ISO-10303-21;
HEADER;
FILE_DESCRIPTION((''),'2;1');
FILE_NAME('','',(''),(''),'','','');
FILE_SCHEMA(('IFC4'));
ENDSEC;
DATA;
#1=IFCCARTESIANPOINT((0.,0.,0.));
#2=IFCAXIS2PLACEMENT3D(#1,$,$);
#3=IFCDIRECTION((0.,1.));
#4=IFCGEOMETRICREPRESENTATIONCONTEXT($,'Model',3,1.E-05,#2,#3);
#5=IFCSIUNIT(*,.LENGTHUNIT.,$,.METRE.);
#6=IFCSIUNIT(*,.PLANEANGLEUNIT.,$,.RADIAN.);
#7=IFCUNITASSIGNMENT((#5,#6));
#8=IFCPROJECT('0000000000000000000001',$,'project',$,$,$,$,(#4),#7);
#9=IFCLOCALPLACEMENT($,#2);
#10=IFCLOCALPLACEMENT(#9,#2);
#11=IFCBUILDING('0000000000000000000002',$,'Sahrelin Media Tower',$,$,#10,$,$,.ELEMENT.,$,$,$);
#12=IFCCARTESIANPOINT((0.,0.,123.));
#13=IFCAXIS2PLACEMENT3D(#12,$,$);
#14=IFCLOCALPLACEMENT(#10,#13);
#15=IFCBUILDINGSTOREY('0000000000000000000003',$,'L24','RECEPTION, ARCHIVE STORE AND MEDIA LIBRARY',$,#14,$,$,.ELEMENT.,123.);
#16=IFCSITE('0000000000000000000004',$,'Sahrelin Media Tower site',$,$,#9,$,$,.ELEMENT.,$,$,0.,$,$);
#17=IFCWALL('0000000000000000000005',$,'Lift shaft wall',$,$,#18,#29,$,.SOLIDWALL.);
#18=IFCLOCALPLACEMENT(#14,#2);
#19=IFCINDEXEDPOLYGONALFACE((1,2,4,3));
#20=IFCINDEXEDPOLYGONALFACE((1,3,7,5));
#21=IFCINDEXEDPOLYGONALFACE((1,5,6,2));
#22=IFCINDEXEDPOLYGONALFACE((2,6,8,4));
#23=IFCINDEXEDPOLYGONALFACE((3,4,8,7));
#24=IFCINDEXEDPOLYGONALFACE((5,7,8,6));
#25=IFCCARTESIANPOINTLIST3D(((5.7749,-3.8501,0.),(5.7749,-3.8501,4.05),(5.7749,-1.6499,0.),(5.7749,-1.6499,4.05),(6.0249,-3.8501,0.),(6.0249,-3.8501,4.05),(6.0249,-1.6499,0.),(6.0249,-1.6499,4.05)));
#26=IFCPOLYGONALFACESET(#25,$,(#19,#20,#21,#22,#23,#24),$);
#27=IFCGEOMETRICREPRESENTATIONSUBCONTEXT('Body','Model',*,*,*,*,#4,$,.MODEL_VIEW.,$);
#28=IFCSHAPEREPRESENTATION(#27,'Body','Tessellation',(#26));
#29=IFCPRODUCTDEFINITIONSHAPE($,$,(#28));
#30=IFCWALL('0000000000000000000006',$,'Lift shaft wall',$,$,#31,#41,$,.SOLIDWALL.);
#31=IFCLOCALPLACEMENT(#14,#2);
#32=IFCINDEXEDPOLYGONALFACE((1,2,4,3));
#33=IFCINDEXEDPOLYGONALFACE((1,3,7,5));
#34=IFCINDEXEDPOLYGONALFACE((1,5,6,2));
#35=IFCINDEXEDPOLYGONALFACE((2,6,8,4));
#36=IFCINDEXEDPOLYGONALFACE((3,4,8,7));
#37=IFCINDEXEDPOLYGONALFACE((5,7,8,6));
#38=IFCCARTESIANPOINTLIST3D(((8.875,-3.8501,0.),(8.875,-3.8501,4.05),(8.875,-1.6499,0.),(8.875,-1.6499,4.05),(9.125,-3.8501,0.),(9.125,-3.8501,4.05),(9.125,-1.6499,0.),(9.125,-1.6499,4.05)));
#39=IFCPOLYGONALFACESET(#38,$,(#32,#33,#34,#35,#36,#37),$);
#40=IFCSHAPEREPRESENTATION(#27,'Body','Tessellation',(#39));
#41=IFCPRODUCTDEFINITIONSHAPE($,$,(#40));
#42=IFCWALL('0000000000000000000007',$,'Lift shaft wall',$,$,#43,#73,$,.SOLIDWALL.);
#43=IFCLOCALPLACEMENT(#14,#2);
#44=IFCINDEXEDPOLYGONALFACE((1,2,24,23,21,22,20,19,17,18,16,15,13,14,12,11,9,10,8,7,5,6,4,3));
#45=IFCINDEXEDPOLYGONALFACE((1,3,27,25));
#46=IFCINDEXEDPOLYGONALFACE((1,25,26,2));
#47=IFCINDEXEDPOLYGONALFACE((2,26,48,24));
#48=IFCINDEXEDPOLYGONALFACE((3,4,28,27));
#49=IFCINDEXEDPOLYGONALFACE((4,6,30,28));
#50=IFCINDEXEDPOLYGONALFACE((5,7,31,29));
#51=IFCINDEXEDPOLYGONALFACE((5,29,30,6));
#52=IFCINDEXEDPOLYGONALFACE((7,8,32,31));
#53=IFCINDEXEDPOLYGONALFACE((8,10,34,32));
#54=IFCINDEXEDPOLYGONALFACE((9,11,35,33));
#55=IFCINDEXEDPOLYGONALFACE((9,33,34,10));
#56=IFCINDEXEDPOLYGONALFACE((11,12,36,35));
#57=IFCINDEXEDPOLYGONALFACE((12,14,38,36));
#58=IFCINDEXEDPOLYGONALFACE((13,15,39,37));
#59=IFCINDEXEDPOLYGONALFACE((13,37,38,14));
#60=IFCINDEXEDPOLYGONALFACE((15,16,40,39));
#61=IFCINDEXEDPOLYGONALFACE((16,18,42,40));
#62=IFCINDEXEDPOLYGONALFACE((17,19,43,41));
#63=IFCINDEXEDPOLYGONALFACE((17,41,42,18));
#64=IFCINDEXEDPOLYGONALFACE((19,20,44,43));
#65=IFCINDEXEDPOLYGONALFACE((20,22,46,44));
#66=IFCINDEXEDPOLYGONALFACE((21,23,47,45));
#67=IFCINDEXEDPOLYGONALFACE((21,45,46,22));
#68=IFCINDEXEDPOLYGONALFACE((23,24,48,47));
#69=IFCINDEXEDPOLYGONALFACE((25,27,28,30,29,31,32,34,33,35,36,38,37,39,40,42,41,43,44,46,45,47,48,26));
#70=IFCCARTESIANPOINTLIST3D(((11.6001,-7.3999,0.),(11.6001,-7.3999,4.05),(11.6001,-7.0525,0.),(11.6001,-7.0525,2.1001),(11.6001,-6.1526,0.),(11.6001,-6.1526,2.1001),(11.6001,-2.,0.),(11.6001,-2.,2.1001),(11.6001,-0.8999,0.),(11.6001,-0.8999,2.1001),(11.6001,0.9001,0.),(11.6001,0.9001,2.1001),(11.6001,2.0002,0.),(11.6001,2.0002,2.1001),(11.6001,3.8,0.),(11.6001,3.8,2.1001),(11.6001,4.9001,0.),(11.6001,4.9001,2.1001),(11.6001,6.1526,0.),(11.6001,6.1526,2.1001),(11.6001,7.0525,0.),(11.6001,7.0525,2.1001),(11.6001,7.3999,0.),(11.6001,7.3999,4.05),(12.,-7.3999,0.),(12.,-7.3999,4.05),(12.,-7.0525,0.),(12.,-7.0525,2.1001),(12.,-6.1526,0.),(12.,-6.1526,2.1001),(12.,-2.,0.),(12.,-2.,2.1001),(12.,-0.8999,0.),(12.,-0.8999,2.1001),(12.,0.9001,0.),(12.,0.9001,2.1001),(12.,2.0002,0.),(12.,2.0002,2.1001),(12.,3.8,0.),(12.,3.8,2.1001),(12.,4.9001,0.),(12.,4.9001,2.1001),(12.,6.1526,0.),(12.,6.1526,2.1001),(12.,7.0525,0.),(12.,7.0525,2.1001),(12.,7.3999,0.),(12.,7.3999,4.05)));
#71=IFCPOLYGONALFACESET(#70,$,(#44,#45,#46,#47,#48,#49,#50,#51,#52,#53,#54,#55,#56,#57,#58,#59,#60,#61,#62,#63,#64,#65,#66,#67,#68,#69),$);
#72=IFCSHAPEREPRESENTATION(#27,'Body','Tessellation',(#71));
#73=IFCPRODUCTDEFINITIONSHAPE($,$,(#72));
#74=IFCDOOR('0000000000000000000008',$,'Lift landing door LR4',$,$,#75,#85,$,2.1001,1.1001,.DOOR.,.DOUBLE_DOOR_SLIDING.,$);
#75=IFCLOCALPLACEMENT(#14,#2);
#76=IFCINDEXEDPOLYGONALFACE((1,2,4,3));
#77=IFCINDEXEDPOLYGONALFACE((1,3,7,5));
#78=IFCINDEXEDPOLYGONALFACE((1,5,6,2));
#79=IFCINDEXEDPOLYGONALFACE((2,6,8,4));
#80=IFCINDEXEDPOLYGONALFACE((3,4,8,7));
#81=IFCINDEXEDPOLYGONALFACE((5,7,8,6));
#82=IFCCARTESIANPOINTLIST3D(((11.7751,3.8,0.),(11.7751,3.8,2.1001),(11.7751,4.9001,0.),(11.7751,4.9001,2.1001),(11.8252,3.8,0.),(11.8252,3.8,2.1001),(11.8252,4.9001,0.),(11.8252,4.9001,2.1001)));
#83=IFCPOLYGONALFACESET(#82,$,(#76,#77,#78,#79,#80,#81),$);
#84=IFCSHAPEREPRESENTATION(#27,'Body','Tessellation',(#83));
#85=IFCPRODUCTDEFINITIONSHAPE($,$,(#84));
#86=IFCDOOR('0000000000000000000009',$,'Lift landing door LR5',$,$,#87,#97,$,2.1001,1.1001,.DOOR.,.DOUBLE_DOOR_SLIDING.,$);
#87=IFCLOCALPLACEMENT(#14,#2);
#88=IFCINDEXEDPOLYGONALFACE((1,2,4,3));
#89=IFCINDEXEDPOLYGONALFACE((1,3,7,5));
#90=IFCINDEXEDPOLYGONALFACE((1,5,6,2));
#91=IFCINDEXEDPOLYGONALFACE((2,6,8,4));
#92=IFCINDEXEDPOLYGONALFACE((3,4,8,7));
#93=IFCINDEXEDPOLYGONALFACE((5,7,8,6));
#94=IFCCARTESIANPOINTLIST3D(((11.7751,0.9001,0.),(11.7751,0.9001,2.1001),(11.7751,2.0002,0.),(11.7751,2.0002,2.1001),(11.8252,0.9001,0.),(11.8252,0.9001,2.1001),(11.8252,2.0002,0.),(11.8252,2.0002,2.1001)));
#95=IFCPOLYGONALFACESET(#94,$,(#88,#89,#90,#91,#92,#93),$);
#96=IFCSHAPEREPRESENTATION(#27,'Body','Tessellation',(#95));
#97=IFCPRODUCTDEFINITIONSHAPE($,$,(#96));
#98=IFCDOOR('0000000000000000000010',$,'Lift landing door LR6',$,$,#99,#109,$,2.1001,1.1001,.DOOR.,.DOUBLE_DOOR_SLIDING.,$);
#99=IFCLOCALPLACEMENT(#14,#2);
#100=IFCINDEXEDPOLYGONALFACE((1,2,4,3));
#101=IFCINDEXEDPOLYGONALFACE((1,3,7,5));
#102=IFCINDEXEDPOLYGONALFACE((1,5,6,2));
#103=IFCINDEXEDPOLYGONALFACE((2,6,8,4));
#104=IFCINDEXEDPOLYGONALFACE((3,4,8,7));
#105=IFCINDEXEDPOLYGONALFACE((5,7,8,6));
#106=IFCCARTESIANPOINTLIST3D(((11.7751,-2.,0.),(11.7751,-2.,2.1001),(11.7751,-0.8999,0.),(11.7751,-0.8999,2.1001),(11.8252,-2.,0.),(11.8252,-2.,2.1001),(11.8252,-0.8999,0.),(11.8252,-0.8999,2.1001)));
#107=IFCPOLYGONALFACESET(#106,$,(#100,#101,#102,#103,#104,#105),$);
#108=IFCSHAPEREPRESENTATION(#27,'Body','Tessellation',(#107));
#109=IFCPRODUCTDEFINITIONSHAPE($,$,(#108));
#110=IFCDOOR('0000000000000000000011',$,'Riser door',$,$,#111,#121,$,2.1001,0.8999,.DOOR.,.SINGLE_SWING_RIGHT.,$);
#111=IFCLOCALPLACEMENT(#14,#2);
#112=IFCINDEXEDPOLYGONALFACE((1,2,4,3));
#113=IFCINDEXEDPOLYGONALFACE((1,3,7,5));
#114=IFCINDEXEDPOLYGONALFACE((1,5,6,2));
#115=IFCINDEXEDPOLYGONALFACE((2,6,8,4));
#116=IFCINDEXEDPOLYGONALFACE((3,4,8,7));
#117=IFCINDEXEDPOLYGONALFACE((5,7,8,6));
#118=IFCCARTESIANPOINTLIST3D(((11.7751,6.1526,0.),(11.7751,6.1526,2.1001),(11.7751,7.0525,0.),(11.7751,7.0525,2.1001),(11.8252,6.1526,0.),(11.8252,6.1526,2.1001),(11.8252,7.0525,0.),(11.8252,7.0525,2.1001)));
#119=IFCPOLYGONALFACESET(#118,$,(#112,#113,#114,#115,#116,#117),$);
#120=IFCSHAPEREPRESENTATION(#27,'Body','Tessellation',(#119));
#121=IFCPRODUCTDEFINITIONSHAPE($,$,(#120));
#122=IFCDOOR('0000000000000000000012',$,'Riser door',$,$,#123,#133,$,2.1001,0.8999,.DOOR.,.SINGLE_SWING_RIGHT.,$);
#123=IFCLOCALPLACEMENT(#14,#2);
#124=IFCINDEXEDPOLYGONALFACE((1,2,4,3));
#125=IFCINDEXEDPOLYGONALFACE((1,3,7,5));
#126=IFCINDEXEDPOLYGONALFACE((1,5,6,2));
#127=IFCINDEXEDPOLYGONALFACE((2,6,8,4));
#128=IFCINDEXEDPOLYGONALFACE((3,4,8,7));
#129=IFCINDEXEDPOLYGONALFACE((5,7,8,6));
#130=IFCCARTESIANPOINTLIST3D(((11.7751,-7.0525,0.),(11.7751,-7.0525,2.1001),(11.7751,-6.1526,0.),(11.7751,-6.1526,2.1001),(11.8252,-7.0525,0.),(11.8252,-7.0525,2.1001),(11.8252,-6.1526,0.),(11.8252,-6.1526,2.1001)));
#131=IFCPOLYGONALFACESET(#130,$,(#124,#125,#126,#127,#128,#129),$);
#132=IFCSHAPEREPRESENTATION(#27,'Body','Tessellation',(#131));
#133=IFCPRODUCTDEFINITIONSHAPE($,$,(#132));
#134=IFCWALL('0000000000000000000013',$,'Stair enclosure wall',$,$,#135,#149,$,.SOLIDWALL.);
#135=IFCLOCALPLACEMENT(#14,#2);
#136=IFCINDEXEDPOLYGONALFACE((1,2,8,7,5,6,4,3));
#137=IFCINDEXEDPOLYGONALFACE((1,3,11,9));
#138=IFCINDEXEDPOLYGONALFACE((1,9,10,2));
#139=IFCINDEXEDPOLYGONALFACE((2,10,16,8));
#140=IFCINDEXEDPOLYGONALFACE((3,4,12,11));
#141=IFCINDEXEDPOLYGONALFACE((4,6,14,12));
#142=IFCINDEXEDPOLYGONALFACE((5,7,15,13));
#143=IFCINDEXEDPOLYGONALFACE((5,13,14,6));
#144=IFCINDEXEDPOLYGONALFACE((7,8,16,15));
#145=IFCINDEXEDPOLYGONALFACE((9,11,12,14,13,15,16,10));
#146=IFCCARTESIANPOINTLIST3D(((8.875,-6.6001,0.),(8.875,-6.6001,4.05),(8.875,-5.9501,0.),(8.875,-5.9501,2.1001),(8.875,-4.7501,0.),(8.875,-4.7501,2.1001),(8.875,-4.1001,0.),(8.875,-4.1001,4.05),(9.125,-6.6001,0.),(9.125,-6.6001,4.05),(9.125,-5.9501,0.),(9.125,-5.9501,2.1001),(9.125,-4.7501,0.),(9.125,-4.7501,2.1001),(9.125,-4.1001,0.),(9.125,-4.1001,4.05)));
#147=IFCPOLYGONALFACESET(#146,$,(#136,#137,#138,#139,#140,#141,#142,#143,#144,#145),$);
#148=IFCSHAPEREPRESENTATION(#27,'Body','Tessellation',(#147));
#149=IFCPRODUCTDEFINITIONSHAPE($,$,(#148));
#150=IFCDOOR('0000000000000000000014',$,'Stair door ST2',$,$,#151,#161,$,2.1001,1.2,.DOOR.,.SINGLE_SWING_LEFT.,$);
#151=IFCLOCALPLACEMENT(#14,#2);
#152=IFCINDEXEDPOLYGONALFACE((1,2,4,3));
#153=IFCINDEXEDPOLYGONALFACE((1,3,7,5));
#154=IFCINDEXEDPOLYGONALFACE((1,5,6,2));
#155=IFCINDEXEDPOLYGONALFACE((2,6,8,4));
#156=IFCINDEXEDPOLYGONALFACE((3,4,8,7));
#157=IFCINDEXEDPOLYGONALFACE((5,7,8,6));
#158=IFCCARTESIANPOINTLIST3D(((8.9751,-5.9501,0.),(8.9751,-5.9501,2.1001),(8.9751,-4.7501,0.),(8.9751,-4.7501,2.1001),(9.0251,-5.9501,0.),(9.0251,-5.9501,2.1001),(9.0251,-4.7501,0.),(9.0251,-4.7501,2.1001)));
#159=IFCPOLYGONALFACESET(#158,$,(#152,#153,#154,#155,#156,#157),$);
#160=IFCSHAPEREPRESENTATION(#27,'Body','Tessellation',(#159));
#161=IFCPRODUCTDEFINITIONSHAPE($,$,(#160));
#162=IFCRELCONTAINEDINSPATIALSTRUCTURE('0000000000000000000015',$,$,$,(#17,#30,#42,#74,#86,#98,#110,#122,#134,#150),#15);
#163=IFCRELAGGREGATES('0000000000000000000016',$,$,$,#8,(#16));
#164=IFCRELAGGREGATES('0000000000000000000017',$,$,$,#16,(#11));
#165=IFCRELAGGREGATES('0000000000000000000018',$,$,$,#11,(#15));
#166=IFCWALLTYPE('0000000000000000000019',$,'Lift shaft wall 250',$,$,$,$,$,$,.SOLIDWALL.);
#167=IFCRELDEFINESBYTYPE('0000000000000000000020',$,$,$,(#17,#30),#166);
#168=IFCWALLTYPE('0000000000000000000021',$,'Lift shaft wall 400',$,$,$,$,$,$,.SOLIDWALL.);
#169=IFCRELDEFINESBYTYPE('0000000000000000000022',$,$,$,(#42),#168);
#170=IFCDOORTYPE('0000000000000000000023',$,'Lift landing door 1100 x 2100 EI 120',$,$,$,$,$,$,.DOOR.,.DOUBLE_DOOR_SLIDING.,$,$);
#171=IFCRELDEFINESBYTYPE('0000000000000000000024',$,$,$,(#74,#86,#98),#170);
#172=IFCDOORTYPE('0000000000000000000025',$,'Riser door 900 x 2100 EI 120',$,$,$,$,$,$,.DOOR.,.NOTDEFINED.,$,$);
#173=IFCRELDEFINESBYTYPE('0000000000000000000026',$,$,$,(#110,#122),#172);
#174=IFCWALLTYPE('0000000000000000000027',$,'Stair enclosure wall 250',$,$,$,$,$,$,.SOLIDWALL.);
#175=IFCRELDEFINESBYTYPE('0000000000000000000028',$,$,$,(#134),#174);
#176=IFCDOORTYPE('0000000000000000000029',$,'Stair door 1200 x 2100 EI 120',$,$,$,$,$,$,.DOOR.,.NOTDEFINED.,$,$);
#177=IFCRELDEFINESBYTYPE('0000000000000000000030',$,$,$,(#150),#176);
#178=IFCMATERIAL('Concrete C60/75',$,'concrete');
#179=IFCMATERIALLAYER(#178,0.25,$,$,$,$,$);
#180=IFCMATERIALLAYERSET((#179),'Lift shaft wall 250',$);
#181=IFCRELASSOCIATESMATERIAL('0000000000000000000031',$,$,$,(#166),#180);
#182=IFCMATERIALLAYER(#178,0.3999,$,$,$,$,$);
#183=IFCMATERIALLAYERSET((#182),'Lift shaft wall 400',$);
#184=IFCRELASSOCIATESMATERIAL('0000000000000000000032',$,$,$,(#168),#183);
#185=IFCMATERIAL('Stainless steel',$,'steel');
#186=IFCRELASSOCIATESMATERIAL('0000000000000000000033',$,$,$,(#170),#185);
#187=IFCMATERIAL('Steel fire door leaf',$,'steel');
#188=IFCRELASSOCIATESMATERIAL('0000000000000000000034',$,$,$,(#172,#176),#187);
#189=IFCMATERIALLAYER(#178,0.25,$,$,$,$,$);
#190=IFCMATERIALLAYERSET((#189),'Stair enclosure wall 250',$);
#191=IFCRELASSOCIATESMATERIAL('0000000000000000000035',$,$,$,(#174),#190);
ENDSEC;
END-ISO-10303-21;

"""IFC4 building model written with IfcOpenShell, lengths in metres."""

from ifc_helpers import new_model, si_unit, direction, frame, frame_2d, origin, place, context, subcontext, project, spatial, rectangle, extrude, material, layer, layer_set, type_object, element, fill, save


model = new_model("IFC4")

# Units and contexts
model_context = context("Model", 3, precision=1e-05, world=origin(), true_north=direction((0.0, 1.0)))
body_context = subcontext(model_context, "Body", "Model", "MODEL_VIEW")
ifc_project = project(units=[si_unit("LENGTHUNIT", "METRE"), si_unit("PLANEANGLEUNIT", "RADIAN")], contexts=[model_context])

# Site, building, storey
site_placement = place(None, origin())
site = spatial("IfcSite", under=ifc_project, at=site_placement, Name="Sahrelin Media Tower site", CompositionType="ELEMENT", RefElevation=0.0)
building_placement = place(site_placement, origin())
building = spatial("IfcBuilding", under=site, at=building_placement, Name="Sahrelin Media Tower", CompositionType="ELEMENT")
storey_placement = place(building_placement, frame((0.0, 0.0, 123.0)))
storey = spatial("IfcBuildingStorey", under=building, at=storey_placement, Name="L24", Description="RECEPTION, ARCHIVE STORE AND MEDIA LIBRARY", CompositionType="ELEMENT", Elevation=123.0)

# Shared definitions
ifc_material_1 = material(Name="Concrete C60/75", Category="concrete")

# Shared definitions
ifc_material_2 = material(Name="Steel fire door leaf", Category="steel")

# Walls
ifc_layer_1 = layer(ifc_material_1, 0.25)
ifc_layer_set_1 = layer_set([ifc_layer_1], Name="Lift shaft wall 250")
wall_type_1 = type_object("IfcWallType", Name="Lift shaft wall 250", PredefinedType="SOLIDWALL", material=ifc_layer_set_1)
for number, where, z_axis, x_axis, name in (
    (1, (5.8999, -3.8501, 0.0), (0.0, 0.0, 1.0), (0.0, 1.0, 0.0), "Lift shaft wall"),
    (2, (9.0, -3.8501, 0.0), (0.0, 0.0, 1.0), (0.0, 1.0, 0.0), "Lift shaft wall"),
):
    element("IfcWall", number, at=place(storey_placement, frame(where, z_axis=z_axis, x_axis=x_axis)), inside=storey, type_object=wall_type_1, Name=name, PredefinedType="SOLIDWALL", context=body_context, shape_type="SweptSolid", body=[
        extrude(rectangle(XDim=2.2002, YDim=0.25, at=frame_2d((1.1001, 0.0))), origin(), (0.0, 0.0, 1.0), 4.05),
    ])

# Wall, openings, doors
ifc_layer_2 = layer(ifc_material_1, 0.3999)
ifc_layer_set_2 = layer_set([ifc_layer_2], Name="Lift shaft wall 400")
wall_type_2 = type_object("IfcWallType", Name="Lift shaft wall 400", PredefinedType="SOLIDWALL", material=ifc_layer_set_2)
wall_1_placement = place(storey_placement, frame((11.8, -7.3999, 0.0), z_axis=(0.0, 0.0, 1.0), x_axis=(0.0, 1.0, 0.0)))
wall_1 = element("IfcWall", 3, at=wall_1_placement, inside=storey, type_object=wall_type_2, Name="Lift shaft wall", PredefinedType="SOLIDWALL", context=body_context, shape_type="SweptSolid", body=[
    extrude(rectangle(XDim=14.7998, YDim=0.3999, at=frame_2d((7.3999, 0.0))), origin(), (0.0, 0.0, 1.0), 4.05),
])
opening_1_placement = place(wall_1_placement, frame((11.2, 0.0, 0.0)))
opening_1 = element("IfcOpeningElement", 4, at=opening_1_placement, cuts=wall_1, PredefinedType="OPENING", context=body_context, shape_type="SweptSolid", body=[
    extrude(rectangle(XDim=1.1001, YDim=2.1001, at=frame_2d((0.55, 1.05))), frame((0.0, 0.2, 0.0), z_axis=(0.0, -1.0, 0.0), x_axis=(1.0, 0.0, 0.0)), (0.0, 0.0, 1.0), 0.3999),
])
opening_2_placement = place(wall_1_placement, frame((8.3, 0.0, 0.0)))
opening_2 = element("IfcOpeningElement", 5, at=opening_2_placement, cuts=wall_1, PredefinedType="OPENING", context=body_context, shape_type="SweptSolid", body=[
    extrude(rectangle(XDim=1.1001, YDim=2.1001, at=frame_2d((0.55, 1.05))), frame((0.0, 0.2, 0.0), z_axis=(0.0, -1.0, 0.0), x_axis=(1.0, 0.0, 0.0)), (0.0, 0.0, 1.0), 0.3999),
])
opening_3_placement = place(wall_1_placement, frame((5.3999, 0.0, 0.0)))
opening_3 = element("IfcOpeningElement", 6, at=opening_3_placement, cuts=wall_1, PredefinedType="OPENING", context=body_context, shape_type="SweptSolid", body=[
    extrude(rectangle(XDim=1.1001, YDim=2.1001, at=frame_2d((0.55, 1.05))), frame((0.0, 0.2, 0.0), z_axis=(0.0, -1.0, 0.0), x_axis=(1.0, 0.0, 0.0)), (0.0, 0.0, 1.0), 0.3999),
])
opening_4_placement = place(wall_1_placement, frame((13.5525, 0.0, 0.0)))
opening_4 = element("IfcOpeningElement", 7, at=opening_4_placement, cuts=wall_1, PredefinedType="OPENING", context=body_context, shape_type="SweptSolid", body=[
    extrude(rectangle(XDim=0.8999, YDim=2.1001, at=frame_2d((0.45, 1.05))), frame((0.0, 0.2, 0.0), z_axis=(0.0, -1.0, 0.0), x_axis=(1.0, 0.0, 0.0)), (0.0, 0.0, 1.0), 0.3999),
])
opening_5_placement = place(wall_1_placement, frame((0.3474, 0.0, 0.0)))
opening_5 = element("IfcOpeningElement", 8, at=opening_5_placement, cuts=wall_1, PredefinedType="OPENING", context=body_context, shape_type="SweptSolid", body=[
    extrude(rectangle(XDim=0.8999, YDim=2.1001, at=frame_2d((0.45, 1.05))), frame((0.0, 0.2, 0.0), z_axis=(0.0, -1.0, 0.0), x_axis=(1.0, 0.0, 0.0)), (0.0, 0.0, 1.0), 0.3999),
])
ifc_material_3 = material(Name="Stainless steel", Category="steel")
door_type_1 = type_object("IfcDoorType", Name="Lift landing door 1100 x 2100 EI 120", OperationType="DOUBLE_DOOR_SLIDING", PredefinedType="DOOR", material=ifc_material_3)
door_1_placement = place(opening_1_placement, origin())
door_1 = element("IfcDoor", 9, at=door_1_placement, inside=storey, type_object=door_type_1, Name="Lift landing door LR4", OperationType="DOUBLE_DOOR_SLIDING", OverallHeight=2.1001, OverallWidth=1.1001, PredefinedType="DOOR", context=body_context, shape_type="SweptSolid", body=[
    extrude(rectangle(XDim=1.1001, YDim=2.1001, at=frame_2d((0.55, 1.05))), frame((0.0, 0.0249, 0.0), z_axis=(0.0, -1.0, 0.0), x_axis=(1.0, 0.0, 0.0)), (0.0, 0.0, 1.0), 0.05),
])
fill(opening_1, door_1)
door_2_placement = place(opening_2_placement, origin())
door_2 = element("IfcDoor", 10, at=door_2_placement, inside=storey, type_object=door_type_1, Name="Lift landing door LR5", OperationType="DOUBLE_DOOR_SLIDING", OverallHeight=2.1001, OverallWidth=1.1001, PredefinedType="DOOR", context=body_context, shape_type="SweptSolid", body=[
    extrude(rectangle(XDim=1.1001, YDim=2.1001, at=frame_2d((0.55, 1.05))), frame((0.0, 0.0249, 0.0), z_axis=(0.0, -1.0, 0.0), x_axis=(1.0, 0.0, 0.0)), (0.0, 0.0, 1.0), 0.05),
])
fill(opening_2, door_2)
door_3_placement = place(opening_3_placement, origin())
door_3 = element("IfcDoor", 11, at=door_3_placement, inside=storey, type_object=door_type_1, Name="Lift landing door LR6", OperationType="DOUBLE_DOOR_SLIDING", OverallHeight=2.1001, OverallWidth=1.1001, PredefinedType="DOOR", context=body_context, shape_type="SweptSolid", body=[
    extrude(rectangle(XDim=1.1001, YDim=2.1001, at=frame_2d((0.55, 1.05))), frame((0.0, 0.0249, 0.0), z_axis=(0.0, -1.0, 0.0), x_axis=(1.0, 0.0, 0.0)), (0.0, 0.0, 1.0), 0.05),
])
fill(opening_3, door_3)
door_type_2 = type_object("IfcDoorType", Name="Riser door 900 x 2100 EI 120", OperationType="NOTDEFINED", PredefinedType="DOOR", material=ifc_material_2)
door_4_placement = place(opening_4_placement, origin())
door_4 = element("IfcDoor", 12, at=door_4_placement, inside=storey, type_object=door_type_2, Name="Riser door", OperationType="SINGLE_SWING_RIGHT", OverallHeight=2.1001, OverallWidth=0.8999, PredefinedType="DOOR", context=body_context, shape_type="SweptSolid", body=[
    extrude(rectangle(XDim=0.8999, YDim=2.1001, at=frame_2d((0.45, 1.05))), frame((0.0, 0.0249, 0.0), z_axis=(0.0, -1.0, 0.0), x_axis=(1.0, 0.0, 0.0)), (0.0, 0.0, 1.0), 0.05),
])
fill(opening_4, door_4)
door_5_placement = place(opening_5_placement, origin())
door_5 = element("IfcDoor", 13, at=door_5_placement, inside=storey, type_object=door_type_2, Name="Riser door", OperationType="SINGLE_SWING_RIGHT", OverallHeight=2.1001, OverallWidth=0.8999, PredefinedType="DOOR", context=body_context, shape_type="SweptSolid", body=[
    extrude(rectangle(XDim=0.8999, YDim=2.1001, at=frame_2d((0.45, 1.05))), frame((0.0, 0.0249, 0.0), z_axis=(0.0, -1.0, 0.0), x_axis=(1.0, 0.0, 0.0)), (0.0, 0.0, 1.0), 0.05),
])
fill(opening_5, door_5)

# Wall, opening, door
ifc_layer_3 = layer(ifc_material_1, 0.25)
ifc_layer_set_3 = layer_set([ifc_layer_3], Name="Stair enclosure wall 250")
wall_type_3 = type_object("IfcWallType", Name="Stair enclosure wall 250", PredefinedType="SOLIDWALL", material=ifc_layer_set_3)
wall_2_placement = place(storey_placement, frame((9.0, -6.6001, 0.0), z_axis=(0.0, 0.0, 1.0), x_axis=(0.0, 1.0, 0.0)))
wall_2 = element("IfcWall", 14, at=wall_2_placement, inside=storey, type_object=wall_type_3, Name="Stair enclosure wall", PredefinedType="SOLIDWALL", context=body_context, shape_type="SweptSolid", body=[
    extrude(rectangle(XDim=2.5, YDim=0.25, at=frame_2d((1.25, 0.0))), origin(), (0.0, 0.0, 1.0), 4.05),
])
opening_6_placement = place(wall_2_placement, frame((0.6499, 0.0, 0.0)))
opening_6 = element("IfcOpeningElement", 15, at=opening_6_placement, cuts=wall_2, PredefinedType="OPENING", context=body_context, shape_type="SweptSolid", body=[
    extrude(rectangle(XDim=1.2, YDim=2.1001, at=frame_2d((0.6001, 1.05))), frame((0.0, 0.125, 0.0), z_axis=(0.0, -1.0, 0.0), x_axis=(1.0, 0.0, 0.0)), (0.0, 0.0, 1.0), 0.25),
])
door_type_3 = type_object("IfcDoorType", Name="Stair door 1200 x 2100 EI 120", OperationType="NOTDEFINED", PredefinedType="DOOR", material=ifc_material_2)
door_6_placement = place(opening_6_placement, origin())
door_6 = element("IfcDoor", 16, at=door_6_placement, inside=storey, type_object=door_type_3, Name="Stair door ST2", OperationType="SINGLE_SWING_LEFT", OverallHeight=2.1001, OverallWidth=1.2, PredefinedType="DOOR", context=body_context, shape_type="SweptSolid", body=[
    extrude(rectangle(XDim=1.2, YDim=2.1001, at=frame_2d((0.6001, 1.05))), frame((0.0, 0.0249, 0.0), z_axis=(0.0, -1.0, 0.0), x_axis=(1.0, 0.0, 0.0)), (0.0, 0.0, 1.0), 0.05),
])
fill(opening_6, door_6)

save(model, "model.ifc")
